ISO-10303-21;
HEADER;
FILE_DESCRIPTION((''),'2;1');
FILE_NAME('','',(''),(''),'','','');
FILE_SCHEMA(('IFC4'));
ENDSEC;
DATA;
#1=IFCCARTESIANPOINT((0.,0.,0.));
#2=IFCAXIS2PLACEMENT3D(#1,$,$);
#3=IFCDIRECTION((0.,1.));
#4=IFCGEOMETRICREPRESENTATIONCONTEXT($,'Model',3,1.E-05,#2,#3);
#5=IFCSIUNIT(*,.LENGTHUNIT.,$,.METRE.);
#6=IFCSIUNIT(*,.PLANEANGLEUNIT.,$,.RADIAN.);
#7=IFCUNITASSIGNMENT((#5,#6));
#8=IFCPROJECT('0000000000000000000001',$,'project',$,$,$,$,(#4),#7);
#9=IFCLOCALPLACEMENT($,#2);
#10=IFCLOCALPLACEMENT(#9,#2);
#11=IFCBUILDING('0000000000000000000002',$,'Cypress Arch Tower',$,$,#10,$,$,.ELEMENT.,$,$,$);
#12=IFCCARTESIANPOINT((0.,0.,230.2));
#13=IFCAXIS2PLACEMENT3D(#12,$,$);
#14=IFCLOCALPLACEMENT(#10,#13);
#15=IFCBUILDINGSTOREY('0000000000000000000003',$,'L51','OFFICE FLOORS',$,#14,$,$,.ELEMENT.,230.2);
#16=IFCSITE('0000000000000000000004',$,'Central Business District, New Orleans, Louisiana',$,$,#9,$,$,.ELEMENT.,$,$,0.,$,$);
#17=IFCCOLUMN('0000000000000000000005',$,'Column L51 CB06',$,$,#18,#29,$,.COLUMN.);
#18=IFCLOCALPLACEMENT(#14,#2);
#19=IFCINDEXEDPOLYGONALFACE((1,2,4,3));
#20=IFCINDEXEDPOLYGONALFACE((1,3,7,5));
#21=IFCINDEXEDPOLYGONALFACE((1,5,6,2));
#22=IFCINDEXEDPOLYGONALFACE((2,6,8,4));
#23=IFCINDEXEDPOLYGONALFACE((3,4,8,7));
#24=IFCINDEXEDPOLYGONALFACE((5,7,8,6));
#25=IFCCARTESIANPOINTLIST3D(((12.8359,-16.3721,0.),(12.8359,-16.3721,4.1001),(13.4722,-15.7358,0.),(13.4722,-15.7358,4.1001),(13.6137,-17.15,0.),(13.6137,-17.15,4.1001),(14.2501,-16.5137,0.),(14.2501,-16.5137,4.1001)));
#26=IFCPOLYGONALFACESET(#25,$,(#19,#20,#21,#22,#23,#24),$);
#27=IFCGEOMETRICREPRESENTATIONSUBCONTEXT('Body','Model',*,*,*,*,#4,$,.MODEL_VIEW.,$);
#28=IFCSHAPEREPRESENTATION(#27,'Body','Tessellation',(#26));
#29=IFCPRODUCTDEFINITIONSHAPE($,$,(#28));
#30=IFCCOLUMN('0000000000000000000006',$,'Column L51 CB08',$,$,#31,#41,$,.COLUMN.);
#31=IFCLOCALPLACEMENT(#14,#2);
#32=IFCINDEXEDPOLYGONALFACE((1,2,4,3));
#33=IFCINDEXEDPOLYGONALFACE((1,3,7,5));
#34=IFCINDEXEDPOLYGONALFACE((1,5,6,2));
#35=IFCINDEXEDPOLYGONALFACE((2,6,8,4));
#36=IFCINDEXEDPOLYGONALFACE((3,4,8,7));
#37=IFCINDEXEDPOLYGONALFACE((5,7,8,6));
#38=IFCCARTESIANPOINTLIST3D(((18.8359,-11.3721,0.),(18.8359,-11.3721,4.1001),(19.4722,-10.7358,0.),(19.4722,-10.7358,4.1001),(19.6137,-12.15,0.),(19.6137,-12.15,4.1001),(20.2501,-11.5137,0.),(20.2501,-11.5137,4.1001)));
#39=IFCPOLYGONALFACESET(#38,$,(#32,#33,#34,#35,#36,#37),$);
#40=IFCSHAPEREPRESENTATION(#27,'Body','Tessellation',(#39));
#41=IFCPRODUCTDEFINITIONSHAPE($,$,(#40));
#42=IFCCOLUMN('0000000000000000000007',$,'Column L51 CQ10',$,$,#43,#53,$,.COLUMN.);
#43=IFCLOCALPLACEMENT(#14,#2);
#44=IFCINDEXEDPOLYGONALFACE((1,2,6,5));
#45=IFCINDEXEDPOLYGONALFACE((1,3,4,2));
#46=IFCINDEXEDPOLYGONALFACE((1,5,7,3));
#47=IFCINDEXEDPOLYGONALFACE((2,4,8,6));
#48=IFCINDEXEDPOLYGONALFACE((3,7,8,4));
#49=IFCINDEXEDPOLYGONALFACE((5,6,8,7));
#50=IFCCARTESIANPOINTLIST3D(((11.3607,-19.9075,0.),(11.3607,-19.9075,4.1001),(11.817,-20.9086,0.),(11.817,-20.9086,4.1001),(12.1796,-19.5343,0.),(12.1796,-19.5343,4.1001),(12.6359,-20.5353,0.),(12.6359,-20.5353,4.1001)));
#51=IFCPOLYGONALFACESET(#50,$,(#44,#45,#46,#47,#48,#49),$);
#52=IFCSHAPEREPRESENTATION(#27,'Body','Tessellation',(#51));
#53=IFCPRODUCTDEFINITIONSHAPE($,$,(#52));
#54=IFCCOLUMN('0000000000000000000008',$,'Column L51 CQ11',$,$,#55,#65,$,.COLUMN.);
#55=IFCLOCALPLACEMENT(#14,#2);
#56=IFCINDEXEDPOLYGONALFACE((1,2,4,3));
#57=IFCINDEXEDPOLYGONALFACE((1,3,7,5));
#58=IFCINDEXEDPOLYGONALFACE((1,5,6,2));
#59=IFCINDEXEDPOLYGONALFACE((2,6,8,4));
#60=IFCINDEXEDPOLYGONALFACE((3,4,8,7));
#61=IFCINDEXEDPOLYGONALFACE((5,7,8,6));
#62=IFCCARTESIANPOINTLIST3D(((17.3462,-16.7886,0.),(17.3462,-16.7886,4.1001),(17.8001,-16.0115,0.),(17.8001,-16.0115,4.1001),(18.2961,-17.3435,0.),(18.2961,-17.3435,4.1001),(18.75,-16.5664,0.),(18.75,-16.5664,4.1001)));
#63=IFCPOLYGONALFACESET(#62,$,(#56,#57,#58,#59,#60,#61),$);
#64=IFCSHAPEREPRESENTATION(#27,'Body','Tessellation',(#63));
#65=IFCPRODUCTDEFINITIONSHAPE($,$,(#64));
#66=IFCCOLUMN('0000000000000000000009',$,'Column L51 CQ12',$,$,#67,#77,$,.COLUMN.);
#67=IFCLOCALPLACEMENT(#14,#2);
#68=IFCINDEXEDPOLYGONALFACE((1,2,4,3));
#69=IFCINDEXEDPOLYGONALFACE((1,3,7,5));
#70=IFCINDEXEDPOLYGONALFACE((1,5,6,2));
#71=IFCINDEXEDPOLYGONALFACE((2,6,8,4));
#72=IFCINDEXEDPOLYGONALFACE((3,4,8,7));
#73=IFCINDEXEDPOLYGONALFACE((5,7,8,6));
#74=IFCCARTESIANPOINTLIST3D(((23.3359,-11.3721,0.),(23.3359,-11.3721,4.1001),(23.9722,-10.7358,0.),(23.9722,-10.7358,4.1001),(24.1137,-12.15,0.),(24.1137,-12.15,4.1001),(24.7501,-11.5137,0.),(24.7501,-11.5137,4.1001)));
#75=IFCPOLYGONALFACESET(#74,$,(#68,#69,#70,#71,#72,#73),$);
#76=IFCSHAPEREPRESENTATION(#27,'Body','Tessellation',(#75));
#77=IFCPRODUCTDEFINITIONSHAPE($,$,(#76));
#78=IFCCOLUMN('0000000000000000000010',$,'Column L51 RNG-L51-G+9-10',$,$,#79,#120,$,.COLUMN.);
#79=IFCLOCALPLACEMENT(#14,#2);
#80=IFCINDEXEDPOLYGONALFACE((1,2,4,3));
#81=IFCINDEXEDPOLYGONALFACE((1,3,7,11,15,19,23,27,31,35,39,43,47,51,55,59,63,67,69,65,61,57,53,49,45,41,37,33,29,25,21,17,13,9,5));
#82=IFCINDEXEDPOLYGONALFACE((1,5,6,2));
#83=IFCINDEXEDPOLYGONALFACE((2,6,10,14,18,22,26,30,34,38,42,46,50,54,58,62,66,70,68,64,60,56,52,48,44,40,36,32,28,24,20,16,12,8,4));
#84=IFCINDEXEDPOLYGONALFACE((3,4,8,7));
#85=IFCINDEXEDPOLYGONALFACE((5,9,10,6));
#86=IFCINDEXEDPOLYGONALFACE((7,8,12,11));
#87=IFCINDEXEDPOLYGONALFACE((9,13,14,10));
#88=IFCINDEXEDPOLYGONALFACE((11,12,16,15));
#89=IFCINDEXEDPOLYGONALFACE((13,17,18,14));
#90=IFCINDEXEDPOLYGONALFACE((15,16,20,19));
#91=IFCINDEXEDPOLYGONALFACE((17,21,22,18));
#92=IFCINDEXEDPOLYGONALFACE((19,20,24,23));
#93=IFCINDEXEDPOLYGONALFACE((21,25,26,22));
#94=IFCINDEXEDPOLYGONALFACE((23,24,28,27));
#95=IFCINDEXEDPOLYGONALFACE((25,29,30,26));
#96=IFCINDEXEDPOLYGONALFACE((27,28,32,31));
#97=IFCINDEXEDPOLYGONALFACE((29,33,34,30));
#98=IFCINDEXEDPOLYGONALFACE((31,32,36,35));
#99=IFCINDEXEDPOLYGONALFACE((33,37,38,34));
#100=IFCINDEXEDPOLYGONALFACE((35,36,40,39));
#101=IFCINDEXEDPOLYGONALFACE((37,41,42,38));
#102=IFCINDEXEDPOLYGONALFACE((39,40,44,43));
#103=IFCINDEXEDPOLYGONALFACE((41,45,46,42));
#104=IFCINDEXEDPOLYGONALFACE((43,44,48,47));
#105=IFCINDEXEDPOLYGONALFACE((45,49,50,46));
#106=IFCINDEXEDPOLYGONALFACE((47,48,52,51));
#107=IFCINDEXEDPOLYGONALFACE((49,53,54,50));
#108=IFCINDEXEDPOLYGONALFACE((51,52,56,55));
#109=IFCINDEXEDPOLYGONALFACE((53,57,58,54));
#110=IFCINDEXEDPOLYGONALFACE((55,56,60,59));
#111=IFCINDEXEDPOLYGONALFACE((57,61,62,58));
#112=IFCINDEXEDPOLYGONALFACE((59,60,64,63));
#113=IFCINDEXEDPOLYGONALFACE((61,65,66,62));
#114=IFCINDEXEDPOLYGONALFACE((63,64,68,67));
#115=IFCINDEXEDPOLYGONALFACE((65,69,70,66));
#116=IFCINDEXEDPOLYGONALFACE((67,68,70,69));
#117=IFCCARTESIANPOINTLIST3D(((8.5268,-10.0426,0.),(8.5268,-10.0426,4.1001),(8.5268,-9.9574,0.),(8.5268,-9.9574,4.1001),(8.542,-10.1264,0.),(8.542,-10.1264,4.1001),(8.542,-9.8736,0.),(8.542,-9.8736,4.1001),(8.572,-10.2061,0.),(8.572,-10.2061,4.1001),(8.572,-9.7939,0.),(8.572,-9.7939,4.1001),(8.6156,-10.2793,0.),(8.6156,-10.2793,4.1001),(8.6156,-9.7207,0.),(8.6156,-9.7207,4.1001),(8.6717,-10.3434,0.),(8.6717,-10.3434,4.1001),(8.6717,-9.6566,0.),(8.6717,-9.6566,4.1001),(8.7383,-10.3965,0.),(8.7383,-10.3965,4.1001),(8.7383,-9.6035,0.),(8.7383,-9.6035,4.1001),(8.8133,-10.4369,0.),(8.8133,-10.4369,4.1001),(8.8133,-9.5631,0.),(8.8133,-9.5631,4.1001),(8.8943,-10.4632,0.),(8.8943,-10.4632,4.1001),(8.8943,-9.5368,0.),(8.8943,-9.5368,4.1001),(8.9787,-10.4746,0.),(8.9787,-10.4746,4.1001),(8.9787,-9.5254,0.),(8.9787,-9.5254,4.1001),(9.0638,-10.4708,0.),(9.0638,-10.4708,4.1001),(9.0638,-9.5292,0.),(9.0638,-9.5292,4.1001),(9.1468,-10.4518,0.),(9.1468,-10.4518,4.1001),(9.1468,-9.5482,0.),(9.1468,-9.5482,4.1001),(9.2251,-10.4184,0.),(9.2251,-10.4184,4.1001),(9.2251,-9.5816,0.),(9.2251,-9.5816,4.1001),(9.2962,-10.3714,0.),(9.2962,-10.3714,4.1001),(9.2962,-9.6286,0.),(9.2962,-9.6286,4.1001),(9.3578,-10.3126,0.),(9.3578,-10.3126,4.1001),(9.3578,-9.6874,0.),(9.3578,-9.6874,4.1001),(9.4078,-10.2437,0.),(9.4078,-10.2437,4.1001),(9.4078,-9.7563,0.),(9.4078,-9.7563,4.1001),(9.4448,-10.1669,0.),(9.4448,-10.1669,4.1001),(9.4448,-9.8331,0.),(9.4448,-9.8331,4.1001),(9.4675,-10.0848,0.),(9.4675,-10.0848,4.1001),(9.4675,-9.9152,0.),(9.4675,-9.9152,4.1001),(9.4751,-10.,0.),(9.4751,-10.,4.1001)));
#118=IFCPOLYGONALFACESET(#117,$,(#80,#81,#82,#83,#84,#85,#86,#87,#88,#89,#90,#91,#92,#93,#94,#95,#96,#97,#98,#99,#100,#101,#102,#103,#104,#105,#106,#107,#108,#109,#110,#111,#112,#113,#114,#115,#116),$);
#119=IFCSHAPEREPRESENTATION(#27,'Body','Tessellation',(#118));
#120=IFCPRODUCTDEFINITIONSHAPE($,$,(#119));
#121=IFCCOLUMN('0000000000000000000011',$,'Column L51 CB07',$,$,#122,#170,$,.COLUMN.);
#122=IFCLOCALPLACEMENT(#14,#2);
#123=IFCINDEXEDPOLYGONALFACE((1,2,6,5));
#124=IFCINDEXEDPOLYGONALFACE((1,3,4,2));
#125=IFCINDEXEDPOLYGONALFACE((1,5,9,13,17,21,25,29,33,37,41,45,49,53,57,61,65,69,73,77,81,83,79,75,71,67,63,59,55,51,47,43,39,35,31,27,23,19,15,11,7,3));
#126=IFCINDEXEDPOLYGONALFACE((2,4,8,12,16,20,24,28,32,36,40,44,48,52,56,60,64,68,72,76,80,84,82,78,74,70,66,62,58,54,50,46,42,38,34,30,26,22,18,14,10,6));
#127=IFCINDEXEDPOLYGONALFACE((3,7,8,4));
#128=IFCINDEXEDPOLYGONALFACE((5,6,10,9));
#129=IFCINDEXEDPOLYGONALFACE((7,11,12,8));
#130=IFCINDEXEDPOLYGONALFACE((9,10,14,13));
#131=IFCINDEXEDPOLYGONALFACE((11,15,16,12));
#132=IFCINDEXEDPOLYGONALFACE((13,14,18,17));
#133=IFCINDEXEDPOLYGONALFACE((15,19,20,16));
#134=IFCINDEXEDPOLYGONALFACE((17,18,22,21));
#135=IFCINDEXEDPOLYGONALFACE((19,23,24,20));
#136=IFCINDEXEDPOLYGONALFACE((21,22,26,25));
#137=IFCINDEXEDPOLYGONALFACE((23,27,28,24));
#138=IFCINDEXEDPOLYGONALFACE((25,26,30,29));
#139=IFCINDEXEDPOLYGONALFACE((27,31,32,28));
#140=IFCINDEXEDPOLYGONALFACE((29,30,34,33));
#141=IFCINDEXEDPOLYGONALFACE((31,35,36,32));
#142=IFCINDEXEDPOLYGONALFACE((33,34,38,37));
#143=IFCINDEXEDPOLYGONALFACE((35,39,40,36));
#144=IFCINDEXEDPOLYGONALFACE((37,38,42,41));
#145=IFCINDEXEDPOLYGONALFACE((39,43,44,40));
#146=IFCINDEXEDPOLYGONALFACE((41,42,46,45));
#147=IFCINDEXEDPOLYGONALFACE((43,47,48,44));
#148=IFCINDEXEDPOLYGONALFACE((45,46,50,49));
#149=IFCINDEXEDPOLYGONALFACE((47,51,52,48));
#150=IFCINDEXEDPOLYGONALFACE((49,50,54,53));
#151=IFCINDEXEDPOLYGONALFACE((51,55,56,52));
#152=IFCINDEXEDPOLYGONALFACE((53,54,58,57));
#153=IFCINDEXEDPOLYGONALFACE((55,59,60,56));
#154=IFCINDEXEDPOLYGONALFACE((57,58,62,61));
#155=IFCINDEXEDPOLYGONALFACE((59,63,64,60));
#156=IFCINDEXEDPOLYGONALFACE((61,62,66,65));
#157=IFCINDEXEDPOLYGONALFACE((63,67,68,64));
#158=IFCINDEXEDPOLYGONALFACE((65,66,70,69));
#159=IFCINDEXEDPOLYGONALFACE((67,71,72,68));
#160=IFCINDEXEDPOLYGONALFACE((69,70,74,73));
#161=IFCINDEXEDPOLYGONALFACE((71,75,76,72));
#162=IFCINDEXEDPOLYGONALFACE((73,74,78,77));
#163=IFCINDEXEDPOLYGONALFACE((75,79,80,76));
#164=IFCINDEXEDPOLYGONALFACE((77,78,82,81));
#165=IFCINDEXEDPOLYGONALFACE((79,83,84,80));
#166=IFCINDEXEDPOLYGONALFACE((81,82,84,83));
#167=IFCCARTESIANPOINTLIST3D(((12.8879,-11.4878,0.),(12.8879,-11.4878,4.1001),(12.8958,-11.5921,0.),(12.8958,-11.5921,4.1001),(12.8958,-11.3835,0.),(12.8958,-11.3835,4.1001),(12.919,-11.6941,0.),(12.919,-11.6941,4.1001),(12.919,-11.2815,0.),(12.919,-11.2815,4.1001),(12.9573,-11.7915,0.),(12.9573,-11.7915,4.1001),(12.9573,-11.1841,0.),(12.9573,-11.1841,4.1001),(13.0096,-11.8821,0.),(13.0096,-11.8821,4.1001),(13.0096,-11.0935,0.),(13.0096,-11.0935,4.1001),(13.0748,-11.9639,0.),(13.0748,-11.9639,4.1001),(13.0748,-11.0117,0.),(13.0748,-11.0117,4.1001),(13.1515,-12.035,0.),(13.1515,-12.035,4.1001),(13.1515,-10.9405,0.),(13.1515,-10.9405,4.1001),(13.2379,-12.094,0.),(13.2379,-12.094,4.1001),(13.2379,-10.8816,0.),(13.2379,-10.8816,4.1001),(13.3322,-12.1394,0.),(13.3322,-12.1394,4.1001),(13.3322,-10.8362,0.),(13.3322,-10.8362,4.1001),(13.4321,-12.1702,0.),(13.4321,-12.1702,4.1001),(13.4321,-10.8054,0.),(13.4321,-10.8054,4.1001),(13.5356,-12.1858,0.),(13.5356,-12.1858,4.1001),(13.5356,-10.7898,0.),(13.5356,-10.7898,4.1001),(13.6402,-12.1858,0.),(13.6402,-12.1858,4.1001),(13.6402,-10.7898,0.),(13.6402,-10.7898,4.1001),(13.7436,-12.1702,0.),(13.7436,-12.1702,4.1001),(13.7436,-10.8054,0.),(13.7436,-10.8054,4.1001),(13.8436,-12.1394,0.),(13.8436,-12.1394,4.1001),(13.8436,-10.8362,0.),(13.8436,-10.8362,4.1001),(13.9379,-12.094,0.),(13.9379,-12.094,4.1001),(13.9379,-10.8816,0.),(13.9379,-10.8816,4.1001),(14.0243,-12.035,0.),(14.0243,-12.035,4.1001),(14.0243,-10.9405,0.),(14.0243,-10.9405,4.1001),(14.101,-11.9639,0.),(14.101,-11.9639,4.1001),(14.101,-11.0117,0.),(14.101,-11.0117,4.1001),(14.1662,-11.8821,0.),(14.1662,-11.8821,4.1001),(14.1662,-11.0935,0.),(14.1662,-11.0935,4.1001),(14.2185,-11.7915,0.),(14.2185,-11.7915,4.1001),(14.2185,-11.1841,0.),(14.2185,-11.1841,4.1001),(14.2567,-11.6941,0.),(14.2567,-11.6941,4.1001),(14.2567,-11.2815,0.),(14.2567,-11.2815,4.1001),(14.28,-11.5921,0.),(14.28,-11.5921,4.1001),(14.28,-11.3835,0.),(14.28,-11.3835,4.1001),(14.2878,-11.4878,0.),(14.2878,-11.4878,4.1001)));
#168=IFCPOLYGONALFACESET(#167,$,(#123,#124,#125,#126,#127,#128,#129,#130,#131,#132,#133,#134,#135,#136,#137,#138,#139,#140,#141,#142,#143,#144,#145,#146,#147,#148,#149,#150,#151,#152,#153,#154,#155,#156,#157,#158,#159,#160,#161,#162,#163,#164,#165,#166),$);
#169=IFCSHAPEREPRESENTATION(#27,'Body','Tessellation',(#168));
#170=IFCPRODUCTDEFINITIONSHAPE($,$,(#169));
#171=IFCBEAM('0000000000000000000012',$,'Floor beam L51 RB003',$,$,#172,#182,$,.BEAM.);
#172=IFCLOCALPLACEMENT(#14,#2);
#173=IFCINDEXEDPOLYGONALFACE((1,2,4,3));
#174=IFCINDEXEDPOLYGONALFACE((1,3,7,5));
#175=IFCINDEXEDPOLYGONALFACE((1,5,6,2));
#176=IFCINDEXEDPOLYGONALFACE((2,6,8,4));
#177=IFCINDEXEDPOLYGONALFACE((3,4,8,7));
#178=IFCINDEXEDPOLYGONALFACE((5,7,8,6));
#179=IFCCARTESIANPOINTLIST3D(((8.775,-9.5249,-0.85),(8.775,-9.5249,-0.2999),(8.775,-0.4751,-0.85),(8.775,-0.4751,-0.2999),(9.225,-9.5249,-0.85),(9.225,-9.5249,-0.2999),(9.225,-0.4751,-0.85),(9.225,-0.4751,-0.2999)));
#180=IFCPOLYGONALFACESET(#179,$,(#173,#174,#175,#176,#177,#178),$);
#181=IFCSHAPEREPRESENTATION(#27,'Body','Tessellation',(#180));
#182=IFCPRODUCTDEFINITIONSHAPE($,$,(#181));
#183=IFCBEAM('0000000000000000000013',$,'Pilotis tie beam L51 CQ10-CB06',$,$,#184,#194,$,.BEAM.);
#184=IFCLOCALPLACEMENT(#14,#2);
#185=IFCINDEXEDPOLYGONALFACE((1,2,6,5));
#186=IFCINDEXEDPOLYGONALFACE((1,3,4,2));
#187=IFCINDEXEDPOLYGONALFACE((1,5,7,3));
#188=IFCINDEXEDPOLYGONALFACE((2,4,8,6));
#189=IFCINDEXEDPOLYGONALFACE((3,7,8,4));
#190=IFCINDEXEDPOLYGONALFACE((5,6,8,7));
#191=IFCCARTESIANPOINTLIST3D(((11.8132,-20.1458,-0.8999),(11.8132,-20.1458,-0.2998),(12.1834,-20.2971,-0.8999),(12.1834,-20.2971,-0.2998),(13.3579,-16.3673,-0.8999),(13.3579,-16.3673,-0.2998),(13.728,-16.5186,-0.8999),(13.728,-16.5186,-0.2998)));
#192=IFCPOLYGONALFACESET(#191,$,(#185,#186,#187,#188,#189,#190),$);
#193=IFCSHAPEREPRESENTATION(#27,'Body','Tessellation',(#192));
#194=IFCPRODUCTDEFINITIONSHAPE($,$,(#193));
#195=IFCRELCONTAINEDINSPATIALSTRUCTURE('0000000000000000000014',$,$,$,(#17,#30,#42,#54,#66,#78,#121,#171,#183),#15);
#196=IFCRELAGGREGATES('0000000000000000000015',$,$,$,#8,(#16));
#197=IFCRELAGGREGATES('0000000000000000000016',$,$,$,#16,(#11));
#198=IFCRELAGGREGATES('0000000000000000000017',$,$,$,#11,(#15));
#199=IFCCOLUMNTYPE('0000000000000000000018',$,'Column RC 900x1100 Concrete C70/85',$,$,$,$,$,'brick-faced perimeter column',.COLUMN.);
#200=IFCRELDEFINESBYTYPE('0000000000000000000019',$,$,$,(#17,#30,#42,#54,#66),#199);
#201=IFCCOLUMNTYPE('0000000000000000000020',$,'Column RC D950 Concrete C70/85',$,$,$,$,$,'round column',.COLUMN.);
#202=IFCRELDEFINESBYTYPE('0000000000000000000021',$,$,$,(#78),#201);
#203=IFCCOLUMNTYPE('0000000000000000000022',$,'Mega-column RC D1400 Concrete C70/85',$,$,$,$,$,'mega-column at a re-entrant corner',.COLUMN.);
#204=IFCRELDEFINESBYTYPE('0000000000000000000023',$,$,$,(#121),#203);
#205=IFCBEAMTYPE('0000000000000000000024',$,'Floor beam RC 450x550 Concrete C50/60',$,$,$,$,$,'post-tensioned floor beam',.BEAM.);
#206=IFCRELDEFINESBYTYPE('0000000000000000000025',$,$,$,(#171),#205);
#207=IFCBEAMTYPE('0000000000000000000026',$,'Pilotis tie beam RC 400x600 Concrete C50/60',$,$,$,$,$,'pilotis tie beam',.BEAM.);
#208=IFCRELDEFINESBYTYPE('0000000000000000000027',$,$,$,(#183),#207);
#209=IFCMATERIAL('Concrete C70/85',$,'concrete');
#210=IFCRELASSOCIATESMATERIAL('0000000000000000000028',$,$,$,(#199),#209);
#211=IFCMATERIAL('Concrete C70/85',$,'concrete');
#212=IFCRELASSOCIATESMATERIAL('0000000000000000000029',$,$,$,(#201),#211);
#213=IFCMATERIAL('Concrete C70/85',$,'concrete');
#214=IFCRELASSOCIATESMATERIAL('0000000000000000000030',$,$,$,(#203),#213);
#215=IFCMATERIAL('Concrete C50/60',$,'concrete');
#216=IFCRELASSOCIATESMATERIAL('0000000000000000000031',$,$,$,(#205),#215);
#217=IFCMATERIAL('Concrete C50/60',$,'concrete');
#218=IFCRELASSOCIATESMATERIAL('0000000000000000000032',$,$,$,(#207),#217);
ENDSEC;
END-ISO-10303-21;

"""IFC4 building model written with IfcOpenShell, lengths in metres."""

from ifc_helpers import new_model, si_unit, direction, frame, origin, origin_2d, place, context, subcontext, project, spatial, rectangle, circle, extrude, material, material_profile, profile_set, type_object, element, save


model = new_model("IFC4")

# Units and contexts
model_context = context("Model", 3, precision=1e-05, world=origin(), true_north=direction((0.0, 1.0)))
body_context = subcontext(model_context, "Body", "Model", "MODEL_VIEW")
ifc_project = project(units=[si_unit("LENGTHUNIT", "METRE"), si_unit("PLANEANGLEUNIT", "RADIAN")], contexts=[model_context])

# Site, building, storey
site_placement = place(None, origin())
site = spatial("IfcSite", under=ifc_project, at=site_placement, Name="Central Business District, New Orleans, Louisiana", CompositionType="ELEMENT", RefElevation=0.0)
building_placement = place(site_placement, origin())
building = spatial("IfcBuilding", under=site, at=building_placement, Name="Cypress Arch Tower", CompositionType="ELEMENT")
storey_placement = place(building_placement, frame((0.0, 0.0, 230.2)))
storey = spatial("IfcBuildingStorey", under=building, at=storey_placement, Name="L51", Description="OFFICE FLOORS", CompositionType="ELEMENT", Elevation=230.2)

# Columns
ifc_material_1 = material(Name="Concrete C70/85", Category="concrete")
ifc_material_profile_1 = material_profile(ifc_material_1, rectangle(XDim=0.8999, YDim=1.1001, at=origin_2d()), Name="RC 900x1100")
ifc_profile_set_1 = profile_set([ifc_material_profile_1], Name="Concrete C70/85")
column_type_1 = type_object("IfcColumnType", Name="Column RC 900x1100 Concrete C70/85", ElementType="brick-faced perimeter column", PredefinedType="COLUMN", material=ifc_profile_set_1)
for number, where, z_axis, x_axis, name in (
    (1, (13.543, -16.4429, 0.0), (0.0, 0.0, 1.0), (0.707107, 0.707107, 0.0), "Column L51 CB06"),
    (2, (19.543, -11.4429, 0.0), (0.0, 0.0, 1.0), (0.707107, 0.707107, 0.0), "Column L51 CB08"),
    (3, (11.9983, -20.2214, 0.0), (0.0, 0.0, 1.0), (0.909932, 0.414757, 0.0), "Column L51 CQ10"),
    (4, (18.0481, -16.6775, 0.0), (0.0, 0.0, 1.0), (0.504399, 0.863471, 0.0), "Column L51 CQ11"),
    (5, (24.043, -11.4429, 0.0), (0.0, 0.0, 1.0), (0.707107, 0.707107, 0.0), "Column L51 CQ12"),
):
    element("IfcColumn", number, at=place(storey_placement, frame(where, z_axis=z_axis, x_axis=x_axis)), inside=storey, type_object=column_type_1, Name=name, PredefinedType="COLUMN", context=body_context, shape_type="SweptSolid", body=[
        extrude(rectangle(XDim=0.8999, YDim=1.1001, at=origin_2d()), origin(), (0.0, 0.0, 1.0), 4.1001),
    ])
ifc_material_2 = material(Name="Concrete C70/85", Category="concrete")
ifc_material_profile_2 = material_profile(ifc_material_2, circle(Radius=0.4751, at=origin_2d()), Name="RC D950")
ifc_profile_set_2 = profile_set([ifc_material_profile_2], Name="Concrete C70/85")
column_type_2 = type_object("IfcColumnType", Name="Column RC D950 Concrete C70/85", ElementType="round column", PredefinedType="COLUMN", material=ifc_profile_set_2)
column_1_placement = place(storey_placement, frame((9.0, -10.0, 0.0), z_axis=(0.0, 0.0, 1.0), x_axis=(1.0, 0.0, 0.0)))
element("IfcColumn", 6, at=column_1_placement, inside=storey, type_object=column_type_2, Name="Column L51 RNG-L51-G+9-10", PredefinedType="COLUMN", context=body_context, shape_type="SweptSolid", body=[
    extrude(circle(Radius=0.4751, at=origin_2d()), origin(), (0.0, 0.0, 1.0), 4.1001),
])
ifc_material_3 = material(Name="Concrete C70/85", Category="concrete")
ifc_material_profile_3 = material_profile(ifc_material_3, circle(Radius=0.7, at=origin_2d()), Name="RC D1400")
ifc_profile_set_3 = profile_set([ifc_material_profile_3], Name="Concrete C70/85")
column_type_3 = type_object("IfcColumnType", Name="Mega-column RC D1400 Concrete C70/85", ElementType="mega-column at a re-entrant corner", PredefinedType="COLUMN", material=ifc_profile_set_3)
column_2_placement = place(storey_placement, frame((13.5879, -11.4878, 0.0), z_axis=(0.0, 0.0, 1.0), x_axis=(1.0, 0.0, 0.0)))
element("IfcColumn", 7, at=column_2_placement, inside=storey, type_object=column_type_3, Name="Column L51 CB07", PredefinedType="COLUMN", context=body_context, shape_type="SweptSolid", body=[
    extrude(circle(Radius=0.7, at=origin_2d()), origin(), (0.0, 0.0, 1.0), 4.1001),
])

# Beams
ifc_material_4 = material(Name="Concrete C50/60", Category="concrete")
ifc_material_profile_4 = material_profile(ifc_material_4, rectangle(XDim=0.45, YDim=0.55, at=origin_2d()), Name="RC 450x550")
ifc_profile_set_4 = profile_set([ifc_material_profile_4], Name="Concrete C50/60")
beam_type_1 = type_object("IfcBeamType", Name="Floor beam RC 450x550 Concrete C50/60", ElementType="post-tensioned floor beam", PredefinedType="BEAM", material=ifc_profile_set_4)
beam_1_placement = place(storey_placement, frame((9.0, -9.5249, -0.575), z_axis=(0.0, 1.0, 0.0), x_axis=(-1.0, 0.0, 0.0)))
element("IfcBeam", 8, at=beam_1_placement, inside=storey, type_object=beam_type_1, Name="Floor beam L51 RB003", PredefinedType="BEAM", context=body_context, shape_type="SweptSolid", body=[
    extrude(rectangle(XDim=0.45, YDim=0.55, at=origin_2d()), origin(), (0.0, 0.0, 1.0), 9.0498),
])
ifc_material_5 = material(Name="Concrete C50/60", Category="concrete")
ifc_material_profile_5 = material_profile(ifc_material_5, rectangle(XDim=0.3999, YDim=0.6001, at=origin_2d()), Name="RC 400x600")
ifc_profile_set_5 = profile_set([ifc_material_profile_5], Name="Concrete C50/60")
beam_type_2 = type_object("IfcBeamType", Name="Pilotis tie beam RC 400x600 Concrete C50/60", ElementType="pilotis tie beam", PredefinedType="BEAM", material=ifc_profile_set_5)
beam_2_placement = place(storey_placement, frame((11.9983, -20.2214, -0.5999), z_axis=(0.378402, 0.925641, 0.0), x_axis=(-0.925641, 0.378402, 0.0)))
element("IfcBeam", 9, at=beam_2_placement, inside=storey, type_object=beam_type_2, Name="Pilotis tie beam L51 CQ10-CB06", PredefinedType="BEAM", context=body_context, shape_type="SweptSolid", body=[
    extrude(rectangle(XDim=0.3999, YDim=0.6001, at=origin_2d()), origin(), (0.0, 0.0, 1.0), 4.082),
])

save(model, "model.ifc")
